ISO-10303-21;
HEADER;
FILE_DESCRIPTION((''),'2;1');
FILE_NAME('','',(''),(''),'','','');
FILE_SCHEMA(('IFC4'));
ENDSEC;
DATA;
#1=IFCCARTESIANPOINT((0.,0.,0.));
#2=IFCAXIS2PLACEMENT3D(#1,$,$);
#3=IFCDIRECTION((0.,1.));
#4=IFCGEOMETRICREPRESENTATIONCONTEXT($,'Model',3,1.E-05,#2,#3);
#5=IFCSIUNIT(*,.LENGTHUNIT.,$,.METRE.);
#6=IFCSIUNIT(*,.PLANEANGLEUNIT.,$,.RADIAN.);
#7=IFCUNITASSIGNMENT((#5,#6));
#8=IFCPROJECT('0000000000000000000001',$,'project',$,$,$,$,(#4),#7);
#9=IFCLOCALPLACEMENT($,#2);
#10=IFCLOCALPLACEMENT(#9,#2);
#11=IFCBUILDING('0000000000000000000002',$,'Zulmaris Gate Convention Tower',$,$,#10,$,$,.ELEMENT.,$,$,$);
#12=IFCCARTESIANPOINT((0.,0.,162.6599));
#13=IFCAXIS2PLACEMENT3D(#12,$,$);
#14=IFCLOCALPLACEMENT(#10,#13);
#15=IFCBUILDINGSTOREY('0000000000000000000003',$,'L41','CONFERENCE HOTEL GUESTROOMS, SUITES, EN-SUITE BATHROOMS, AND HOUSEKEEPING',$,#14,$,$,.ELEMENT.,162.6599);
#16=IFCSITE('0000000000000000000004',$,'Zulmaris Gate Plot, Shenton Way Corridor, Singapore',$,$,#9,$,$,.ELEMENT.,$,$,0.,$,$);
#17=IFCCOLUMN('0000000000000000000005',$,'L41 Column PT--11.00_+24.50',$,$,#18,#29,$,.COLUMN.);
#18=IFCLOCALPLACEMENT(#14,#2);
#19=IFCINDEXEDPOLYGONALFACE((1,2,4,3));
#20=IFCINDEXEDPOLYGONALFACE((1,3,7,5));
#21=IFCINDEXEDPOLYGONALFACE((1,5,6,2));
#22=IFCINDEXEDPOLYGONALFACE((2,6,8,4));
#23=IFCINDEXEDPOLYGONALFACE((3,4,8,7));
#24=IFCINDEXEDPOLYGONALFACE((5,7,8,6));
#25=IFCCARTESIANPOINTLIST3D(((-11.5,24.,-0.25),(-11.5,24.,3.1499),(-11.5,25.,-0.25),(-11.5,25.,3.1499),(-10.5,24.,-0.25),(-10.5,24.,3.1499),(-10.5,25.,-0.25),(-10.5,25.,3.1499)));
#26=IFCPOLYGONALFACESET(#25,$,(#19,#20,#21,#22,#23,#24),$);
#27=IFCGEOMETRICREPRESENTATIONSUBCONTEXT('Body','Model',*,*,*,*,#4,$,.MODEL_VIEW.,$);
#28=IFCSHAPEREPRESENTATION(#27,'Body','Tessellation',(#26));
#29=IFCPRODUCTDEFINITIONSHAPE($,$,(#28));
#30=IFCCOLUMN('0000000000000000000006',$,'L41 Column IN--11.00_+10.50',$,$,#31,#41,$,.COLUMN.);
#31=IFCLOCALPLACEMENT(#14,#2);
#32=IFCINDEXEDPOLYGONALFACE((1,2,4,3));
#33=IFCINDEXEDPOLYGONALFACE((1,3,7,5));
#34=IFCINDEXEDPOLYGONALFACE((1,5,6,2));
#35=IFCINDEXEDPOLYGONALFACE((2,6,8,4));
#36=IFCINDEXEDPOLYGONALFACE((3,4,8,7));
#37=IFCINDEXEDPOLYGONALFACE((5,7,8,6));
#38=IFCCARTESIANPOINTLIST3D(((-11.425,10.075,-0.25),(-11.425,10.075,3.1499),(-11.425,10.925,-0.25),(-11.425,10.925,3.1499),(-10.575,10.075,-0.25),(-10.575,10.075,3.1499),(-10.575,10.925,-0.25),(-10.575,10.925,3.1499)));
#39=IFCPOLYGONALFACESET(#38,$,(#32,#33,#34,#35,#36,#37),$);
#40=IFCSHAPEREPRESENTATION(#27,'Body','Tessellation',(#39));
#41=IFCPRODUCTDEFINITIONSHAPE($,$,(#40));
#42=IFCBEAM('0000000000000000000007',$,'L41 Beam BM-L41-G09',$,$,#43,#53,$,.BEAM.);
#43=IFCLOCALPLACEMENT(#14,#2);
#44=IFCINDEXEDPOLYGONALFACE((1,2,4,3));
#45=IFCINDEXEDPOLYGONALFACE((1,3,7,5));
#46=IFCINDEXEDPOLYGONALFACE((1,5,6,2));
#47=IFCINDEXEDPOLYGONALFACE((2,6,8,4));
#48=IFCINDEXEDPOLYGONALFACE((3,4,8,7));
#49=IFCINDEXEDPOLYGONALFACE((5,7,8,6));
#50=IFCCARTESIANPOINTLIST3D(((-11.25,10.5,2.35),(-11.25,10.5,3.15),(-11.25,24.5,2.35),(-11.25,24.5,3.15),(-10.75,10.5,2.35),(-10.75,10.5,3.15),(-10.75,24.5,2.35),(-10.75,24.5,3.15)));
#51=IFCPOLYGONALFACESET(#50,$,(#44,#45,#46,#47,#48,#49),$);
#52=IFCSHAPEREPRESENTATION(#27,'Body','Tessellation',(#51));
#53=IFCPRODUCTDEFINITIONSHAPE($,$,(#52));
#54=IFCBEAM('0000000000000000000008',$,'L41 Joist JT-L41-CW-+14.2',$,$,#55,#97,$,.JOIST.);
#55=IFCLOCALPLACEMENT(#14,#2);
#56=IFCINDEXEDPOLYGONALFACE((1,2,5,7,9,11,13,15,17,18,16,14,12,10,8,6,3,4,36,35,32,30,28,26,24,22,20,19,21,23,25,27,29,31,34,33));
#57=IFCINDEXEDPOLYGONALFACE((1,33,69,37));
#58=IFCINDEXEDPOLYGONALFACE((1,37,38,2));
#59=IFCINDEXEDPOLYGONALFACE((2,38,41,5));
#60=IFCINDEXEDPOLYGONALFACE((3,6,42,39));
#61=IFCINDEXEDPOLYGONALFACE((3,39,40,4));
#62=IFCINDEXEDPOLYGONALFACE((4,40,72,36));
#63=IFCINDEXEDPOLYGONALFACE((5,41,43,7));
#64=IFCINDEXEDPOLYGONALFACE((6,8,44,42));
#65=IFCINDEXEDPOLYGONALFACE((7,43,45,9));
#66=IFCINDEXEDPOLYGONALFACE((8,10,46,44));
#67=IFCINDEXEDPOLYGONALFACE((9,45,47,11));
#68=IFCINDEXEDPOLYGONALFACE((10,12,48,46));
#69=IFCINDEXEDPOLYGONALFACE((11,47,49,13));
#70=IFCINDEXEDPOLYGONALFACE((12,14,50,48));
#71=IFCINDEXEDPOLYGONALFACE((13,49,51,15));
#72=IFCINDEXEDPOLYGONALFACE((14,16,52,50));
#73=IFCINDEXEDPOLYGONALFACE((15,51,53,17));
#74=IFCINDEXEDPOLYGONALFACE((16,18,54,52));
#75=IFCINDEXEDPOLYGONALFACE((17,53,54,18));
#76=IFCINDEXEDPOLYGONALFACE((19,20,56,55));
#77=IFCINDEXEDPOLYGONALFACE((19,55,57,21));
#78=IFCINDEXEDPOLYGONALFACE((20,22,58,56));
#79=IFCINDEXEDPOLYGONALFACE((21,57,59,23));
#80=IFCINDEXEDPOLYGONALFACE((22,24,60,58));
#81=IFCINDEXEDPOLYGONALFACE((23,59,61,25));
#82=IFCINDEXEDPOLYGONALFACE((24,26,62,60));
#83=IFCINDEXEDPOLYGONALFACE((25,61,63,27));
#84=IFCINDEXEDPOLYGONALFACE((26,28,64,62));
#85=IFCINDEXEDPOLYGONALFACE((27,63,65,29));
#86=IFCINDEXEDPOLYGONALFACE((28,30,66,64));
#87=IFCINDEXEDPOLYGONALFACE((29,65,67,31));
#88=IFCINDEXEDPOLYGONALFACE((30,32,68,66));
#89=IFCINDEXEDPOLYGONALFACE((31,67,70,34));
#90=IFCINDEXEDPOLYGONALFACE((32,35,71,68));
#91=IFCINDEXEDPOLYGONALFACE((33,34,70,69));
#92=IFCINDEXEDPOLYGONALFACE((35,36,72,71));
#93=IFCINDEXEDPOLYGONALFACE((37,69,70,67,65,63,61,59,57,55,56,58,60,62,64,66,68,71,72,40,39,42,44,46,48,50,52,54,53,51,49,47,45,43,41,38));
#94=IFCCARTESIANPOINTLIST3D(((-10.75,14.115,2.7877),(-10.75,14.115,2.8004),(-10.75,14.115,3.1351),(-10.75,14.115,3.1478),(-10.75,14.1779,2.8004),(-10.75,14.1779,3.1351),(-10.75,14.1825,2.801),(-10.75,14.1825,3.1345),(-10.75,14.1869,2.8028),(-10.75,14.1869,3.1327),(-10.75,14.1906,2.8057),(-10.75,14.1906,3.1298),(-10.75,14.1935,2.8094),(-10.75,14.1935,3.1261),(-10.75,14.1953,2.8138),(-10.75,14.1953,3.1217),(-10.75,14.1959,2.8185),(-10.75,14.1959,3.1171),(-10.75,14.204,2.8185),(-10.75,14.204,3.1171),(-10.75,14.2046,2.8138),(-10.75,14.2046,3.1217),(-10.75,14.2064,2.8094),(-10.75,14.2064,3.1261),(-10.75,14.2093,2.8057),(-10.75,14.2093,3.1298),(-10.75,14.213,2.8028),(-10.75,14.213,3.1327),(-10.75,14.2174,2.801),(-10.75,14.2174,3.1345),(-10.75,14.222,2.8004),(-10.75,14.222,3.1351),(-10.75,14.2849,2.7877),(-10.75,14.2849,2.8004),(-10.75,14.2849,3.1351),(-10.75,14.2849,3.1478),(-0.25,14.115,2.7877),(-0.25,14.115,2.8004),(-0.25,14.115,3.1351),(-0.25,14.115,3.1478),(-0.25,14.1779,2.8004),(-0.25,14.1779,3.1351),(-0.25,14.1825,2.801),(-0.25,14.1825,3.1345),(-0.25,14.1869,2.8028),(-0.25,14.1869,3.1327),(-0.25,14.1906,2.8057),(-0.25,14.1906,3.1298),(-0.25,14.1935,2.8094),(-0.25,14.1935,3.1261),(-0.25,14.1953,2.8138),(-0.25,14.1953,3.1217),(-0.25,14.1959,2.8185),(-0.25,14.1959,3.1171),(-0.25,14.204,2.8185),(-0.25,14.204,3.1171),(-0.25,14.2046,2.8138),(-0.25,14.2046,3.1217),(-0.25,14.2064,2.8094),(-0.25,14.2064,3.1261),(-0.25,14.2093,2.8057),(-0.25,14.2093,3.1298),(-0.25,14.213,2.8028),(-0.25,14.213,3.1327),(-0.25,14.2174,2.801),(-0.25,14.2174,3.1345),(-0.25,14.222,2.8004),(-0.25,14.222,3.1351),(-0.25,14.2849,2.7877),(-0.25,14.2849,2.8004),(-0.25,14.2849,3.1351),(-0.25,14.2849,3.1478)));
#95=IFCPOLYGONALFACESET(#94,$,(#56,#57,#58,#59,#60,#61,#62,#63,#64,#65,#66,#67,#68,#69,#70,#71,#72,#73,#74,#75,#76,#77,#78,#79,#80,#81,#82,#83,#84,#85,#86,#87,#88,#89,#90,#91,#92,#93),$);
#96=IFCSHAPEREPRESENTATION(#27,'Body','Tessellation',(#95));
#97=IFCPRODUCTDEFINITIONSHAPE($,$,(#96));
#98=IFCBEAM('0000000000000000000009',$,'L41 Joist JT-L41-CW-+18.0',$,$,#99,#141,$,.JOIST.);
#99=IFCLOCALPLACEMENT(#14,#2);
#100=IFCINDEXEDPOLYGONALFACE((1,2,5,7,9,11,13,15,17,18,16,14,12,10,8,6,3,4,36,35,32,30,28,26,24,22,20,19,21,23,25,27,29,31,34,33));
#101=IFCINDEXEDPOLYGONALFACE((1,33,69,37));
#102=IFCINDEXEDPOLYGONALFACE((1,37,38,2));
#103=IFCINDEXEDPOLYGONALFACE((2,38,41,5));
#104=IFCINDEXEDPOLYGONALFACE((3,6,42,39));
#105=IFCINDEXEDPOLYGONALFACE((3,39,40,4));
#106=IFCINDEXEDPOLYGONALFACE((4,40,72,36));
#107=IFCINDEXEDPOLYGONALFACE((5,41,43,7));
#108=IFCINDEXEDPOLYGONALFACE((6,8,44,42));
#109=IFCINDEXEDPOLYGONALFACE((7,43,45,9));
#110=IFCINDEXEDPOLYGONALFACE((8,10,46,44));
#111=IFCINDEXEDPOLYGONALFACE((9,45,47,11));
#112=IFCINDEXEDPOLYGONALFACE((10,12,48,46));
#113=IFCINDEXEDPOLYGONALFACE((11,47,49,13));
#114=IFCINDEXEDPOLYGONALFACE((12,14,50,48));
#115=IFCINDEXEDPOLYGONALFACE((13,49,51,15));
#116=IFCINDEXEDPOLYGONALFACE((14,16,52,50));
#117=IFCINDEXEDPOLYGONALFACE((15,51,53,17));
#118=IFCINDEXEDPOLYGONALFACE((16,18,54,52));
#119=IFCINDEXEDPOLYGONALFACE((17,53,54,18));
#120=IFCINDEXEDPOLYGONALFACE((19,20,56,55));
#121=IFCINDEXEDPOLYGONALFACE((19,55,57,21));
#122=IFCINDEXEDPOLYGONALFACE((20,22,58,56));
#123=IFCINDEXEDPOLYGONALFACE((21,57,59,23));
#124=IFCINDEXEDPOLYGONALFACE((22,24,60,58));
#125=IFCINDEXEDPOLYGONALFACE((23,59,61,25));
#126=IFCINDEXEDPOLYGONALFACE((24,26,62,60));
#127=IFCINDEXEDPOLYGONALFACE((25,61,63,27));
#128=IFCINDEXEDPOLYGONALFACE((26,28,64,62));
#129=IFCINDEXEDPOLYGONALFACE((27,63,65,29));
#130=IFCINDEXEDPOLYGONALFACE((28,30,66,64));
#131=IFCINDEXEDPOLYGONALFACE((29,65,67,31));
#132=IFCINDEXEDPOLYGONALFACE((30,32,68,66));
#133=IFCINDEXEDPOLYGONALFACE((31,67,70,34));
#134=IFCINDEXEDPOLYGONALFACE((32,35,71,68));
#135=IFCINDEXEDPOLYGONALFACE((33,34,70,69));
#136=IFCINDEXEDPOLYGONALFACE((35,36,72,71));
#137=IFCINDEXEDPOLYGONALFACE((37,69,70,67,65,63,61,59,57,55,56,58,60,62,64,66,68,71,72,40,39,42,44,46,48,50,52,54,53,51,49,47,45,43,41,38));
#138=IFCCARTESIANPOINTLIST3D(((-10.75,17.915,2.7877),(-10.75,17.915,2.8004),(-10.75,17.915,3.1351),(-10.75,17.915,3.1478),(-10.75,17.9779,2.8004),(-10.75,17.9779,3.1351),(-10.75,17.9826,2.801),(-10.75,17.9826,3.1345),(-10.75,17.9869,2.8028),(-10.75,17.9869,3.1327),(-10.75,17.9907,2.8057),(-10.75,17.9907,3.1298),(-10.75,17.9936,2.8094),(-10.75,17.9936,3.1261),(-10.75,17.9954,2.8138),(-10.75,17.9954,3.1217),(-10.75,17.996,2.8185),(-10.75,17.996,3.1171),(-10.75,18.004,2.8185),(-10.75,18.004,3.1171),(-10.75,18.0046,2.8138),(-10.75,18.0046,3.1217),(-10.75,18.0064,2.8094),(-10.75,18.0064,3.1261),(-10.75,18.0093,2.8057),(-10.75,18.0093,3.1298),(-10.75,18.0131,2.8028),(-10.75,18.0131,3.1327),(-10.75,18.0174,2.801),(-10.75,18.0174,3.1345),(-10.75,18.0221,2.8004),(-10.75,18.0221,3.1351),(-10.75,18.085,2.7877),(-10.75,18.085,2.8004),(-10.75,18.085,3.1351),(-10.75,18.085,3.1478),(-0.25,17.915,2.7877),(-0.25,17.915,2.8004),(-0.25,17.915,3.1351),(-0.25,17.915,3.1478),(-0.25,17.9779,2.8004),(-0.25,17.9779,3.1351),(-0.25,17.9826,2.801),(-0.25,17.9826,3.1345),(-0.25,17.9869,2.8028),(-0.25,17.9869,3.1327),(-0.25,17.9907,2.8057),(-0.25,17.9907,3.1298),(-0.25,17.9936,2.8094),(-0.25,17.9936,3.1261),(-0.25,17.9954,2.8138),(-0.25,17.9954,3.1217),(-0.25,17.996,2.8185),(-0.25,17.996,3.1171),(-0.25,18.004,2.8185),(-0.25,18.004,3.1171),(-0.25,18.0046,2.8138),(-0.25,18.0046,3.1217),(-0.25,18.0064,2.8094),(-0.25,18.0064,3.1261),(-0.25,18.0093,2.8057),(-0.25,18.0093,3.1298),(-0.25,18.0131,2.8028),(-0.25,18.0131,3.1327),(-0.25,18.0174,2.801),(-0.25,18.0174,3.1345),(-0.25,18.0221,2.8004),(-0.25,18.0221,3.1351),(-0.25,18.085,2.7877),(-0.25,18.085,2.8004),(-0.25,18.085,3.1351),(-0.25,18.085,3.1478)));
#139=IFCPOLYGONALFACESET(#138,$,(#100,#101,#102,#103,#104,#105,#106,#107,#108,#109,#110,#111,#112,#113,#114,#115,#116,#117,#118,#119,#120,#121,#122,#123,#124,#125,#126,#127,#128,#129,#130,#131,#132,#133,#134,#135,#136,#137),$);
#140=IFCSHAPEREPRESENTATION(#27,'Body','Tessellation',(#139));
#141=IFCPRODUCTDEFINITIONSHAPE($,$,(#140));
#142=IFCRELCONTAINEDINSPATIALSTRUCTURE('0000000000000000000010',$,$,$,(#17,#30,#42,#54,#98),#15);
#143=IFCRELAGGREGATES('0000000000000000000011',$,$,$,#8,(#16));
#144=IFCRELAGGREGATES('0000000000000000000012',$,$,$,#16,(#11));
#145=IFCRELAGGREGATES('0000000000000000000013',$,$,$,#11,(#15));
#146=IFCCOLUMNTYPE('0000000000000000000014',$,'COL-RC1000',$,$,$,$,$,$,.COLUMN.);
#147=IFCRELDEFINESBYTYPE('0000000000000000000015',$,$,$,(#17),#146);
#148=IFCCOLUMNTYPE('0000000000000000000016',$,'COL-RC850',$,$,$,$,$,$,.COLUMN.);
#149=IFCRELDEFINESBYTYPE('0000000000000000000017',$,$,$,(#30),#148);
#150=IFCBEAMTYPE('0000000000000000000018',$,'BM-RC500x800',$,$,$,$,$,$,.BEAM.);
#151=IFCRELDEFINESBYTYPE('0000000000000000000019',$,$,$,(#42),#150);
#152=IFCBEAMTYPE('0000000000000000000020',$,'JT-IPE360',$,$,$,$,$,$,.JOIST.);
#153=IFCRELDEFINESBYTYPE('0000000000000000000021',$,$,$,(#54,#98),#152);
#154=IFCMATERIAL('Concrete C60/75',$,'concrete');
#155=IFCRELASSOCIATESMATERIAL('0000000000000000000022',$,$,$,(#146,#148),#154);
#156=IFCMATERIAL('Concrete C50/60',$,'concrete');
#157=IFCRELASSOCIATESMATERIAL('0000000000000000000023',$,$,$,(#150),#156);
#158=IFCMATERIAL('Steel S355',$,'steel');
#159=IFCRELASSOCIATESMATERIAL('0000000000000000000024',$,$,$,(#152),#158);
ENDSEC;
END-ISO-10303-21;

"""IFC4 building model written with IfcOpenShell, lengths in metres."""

from ifc_helpers import new_model, si_unit, direction, frame, origin, origin_2d, place, context, subcontext, project, spatial, rectangle, i_section, extrude, material, material_profile, profile_set, type_object, element, save


model = new_model("IFC4")

# Units and contexts
model_context = context("Model", 3, precision=1e-05, world=origin(), true_north=direction((0.0, 1.0)))
body_context = subcontext(model_context, "Body", "Model", "MODEL_VIEW")
ifc_project = project(units=[si_unit("LENGTHUNIT", "METRE"), si_unit("PLANEANGLEUNIT", "RADIAN")], contexts=[model_context])

# Site, building, storey
site_placement = place(None, origin())
site = spatial("IfcSite", under=ifc_project, at=site_placement, Name="Zulmaris Gate Plot, Shenton Way Corridor, Singapore", CompositionType="ELEMENT", RefElevation=0.0)
building_placement = place(site_placement, origin())
building = spatial("IfcBuilding", under=site, at=building_placement, Name="Zulmaris Gate Convention Tower", CompositionType="ELEMENT")
storey_placement = place(building_placement, frame((0.0, 0.0, 162.6599)))
storey = spatial("IfcBuildingStorey", under=building, at=storey_placement, Name="L41", Description="CONFERENCE HOTEL GUESTROOMS, SUITES, EN-SUITE BATHROOMS, AND HOUSEKEEPING", CompositionType="ELEMENT", Elevation=162.6599)

# Columns
ifc_material_1 = material(Name="Concrete C60/75", Category="concrete")
ifc_material_profile_1 = material_profile(ifc_material_1, rectangle(XDim=1.0, YDim=1.0, at=origin_2d()), Name="RC COL 1000x1000")
ifc_profile_set_1 = profile_set([ifc_material_profile_1], Name="Concrete C60/75")
column_type_1 = type_object("IfcColumnType", Name="COL-RC1000", PredefinedType="COLUMN", material=ifc_profile_set_1)
column_1_placement = place(storey_placement, frame((-11.0, 24.5, -0.25), z_axis=(0.0, 0.0, 1.0), x_axis=(1.0, 0.0, 0.0)))
element("IfcColumn", 1, at=column_1_placement, inside=storey, type_object=column_type_1, Name="L41 Column PT--11.00_+24.50", PredefinedType="COLUMN", context=body_context, shape_type="SweptSolid", body=[
    extrude(rectangle(XDim=1.0, YDim=1.0, at=origin_2d()), origin(), (0.0, 0.0, 1.0), 3.3999),
])
ifc_material_profile_2 = material_profile(ifc_material_1, rectangle(XDim=0.8501, YDim=0.8501, at=origin_2d()), Name="RC COL 850x850")
ifc_profile_set_2 = profile_set([ifc_material_profile_2], Name="Concrete C60/75")
column_type_2 = type_object("IfcColumnType", Name="COL-RC850", PredefinedType="COLUMN", material=ifc_profile_set_2)
column_2_placement = place(storey_placement, frame((-11.0, 10.5, -0.25), z_axis=(0.0, 0.0, 1.0), x_axis=(1.0, 0.0, 0.0)))
element("IfcColumn", 2, at=column_2_placement, inside=storey, type_object=column_type_2, Name="L41 Column IN--11.00_+10.50", PredefinedType="COLUMN", context=body_context, shape_type="SweptSolid", body=[
    extrude(rectangle(XDim=0.8501, YDim=0.8501, at=origin_2d()), origin(), (0.0, 0.0, 1.0), 3.3999),
])

# Beams
ifc_material_2 = material(Name="Concrete C50/60", Category="concrete")
ifc_material_profile_3 = material_profile(ifc_material_2, rectangle(XDim=0.5, YDim=0.8, at=origin_2d()), Name="RC BEAM 500x800")
ifc_profile_set_3 = profile_set([ifc_material_profile_3], Name="Concrete C50/60")
beam_type_1 = type_object("IfcBeamType", Name="BM-RC500x800", PredefinedType="BEAM", material=ifc_profile_set_3)
beam_placement = place(storey_placement, frame((-11.0, 10.5, 2.75), z_axis=(0.0, 1.0, 0.0), x_axis=(-1.0, 0.0, 0.0)))
element("IfcBeam", 3, at=beam_placement, inside=storey, type_object=beam_type_1, Name="L41 Beam BM-L41-G09", PredefinedType="BEAM", context=body_context, shape_type="SweptSolid", body=[
    extrude(rectangle(XDim=0.5, YDim=0.8, at=origin_2d()), origin(), (0.0, 0.0, 1.0), 14.0),
])
ifc_material_3 = material(Name="Steel S355", Category="steel")
ifc_material_profile_4 = material_profile(ifc_material_3, i_section(OverallWidth=0.1699, OverallDepth=0.3601, WebThickness=0.0081, FlangeThickness=0.0127, FilletRadius=0.0181, at=origin_2d()), Name="IPE 360")
ifc_profile_set_4 = profile_set([ifc_material_profile_4], Name="Steel S355")
beam_type_2 = type_object("IfcBeamType", Name="JT-IPE360", PredefinedType="JOIST", material=ifc_profile_set_4)
for number, where, z_axis, x_axis, name in (
    (4, (-10.75, 14.2, 2.9678), (1.0, 0.0, 0.0), (0.0, 1.0, 0.0), "L41 Joist JT-L41-CW-+14.2"),
    (5, (-10.75, 18.0, 2.9678), (1.0, 0.0, 0.0), (0.0, 1.0, 0.0), "L41 Joist JT-L41-CW-+18.0"),
):
    element("IfcBeam", number, at=place(storey_placement, frame(where, z_axis=z_axis, x_axis=x_axis)), inside=storey, type_object=beam_type_2, Name=name, PredefinedType="JOIST", context=body_context, shape_type="SweptSolid", body=[
        extrude(i_section(OverallWidth=0.1699, OverallDepth=0.3601, WebThickness=0.0081, FlangeThickness=0.0127, FilletRadius=0.0181, at=origin_2d()), origin(), (0.0, 0.0, 1.0), 10.5),
    ])

save(model, "model.ifc")
